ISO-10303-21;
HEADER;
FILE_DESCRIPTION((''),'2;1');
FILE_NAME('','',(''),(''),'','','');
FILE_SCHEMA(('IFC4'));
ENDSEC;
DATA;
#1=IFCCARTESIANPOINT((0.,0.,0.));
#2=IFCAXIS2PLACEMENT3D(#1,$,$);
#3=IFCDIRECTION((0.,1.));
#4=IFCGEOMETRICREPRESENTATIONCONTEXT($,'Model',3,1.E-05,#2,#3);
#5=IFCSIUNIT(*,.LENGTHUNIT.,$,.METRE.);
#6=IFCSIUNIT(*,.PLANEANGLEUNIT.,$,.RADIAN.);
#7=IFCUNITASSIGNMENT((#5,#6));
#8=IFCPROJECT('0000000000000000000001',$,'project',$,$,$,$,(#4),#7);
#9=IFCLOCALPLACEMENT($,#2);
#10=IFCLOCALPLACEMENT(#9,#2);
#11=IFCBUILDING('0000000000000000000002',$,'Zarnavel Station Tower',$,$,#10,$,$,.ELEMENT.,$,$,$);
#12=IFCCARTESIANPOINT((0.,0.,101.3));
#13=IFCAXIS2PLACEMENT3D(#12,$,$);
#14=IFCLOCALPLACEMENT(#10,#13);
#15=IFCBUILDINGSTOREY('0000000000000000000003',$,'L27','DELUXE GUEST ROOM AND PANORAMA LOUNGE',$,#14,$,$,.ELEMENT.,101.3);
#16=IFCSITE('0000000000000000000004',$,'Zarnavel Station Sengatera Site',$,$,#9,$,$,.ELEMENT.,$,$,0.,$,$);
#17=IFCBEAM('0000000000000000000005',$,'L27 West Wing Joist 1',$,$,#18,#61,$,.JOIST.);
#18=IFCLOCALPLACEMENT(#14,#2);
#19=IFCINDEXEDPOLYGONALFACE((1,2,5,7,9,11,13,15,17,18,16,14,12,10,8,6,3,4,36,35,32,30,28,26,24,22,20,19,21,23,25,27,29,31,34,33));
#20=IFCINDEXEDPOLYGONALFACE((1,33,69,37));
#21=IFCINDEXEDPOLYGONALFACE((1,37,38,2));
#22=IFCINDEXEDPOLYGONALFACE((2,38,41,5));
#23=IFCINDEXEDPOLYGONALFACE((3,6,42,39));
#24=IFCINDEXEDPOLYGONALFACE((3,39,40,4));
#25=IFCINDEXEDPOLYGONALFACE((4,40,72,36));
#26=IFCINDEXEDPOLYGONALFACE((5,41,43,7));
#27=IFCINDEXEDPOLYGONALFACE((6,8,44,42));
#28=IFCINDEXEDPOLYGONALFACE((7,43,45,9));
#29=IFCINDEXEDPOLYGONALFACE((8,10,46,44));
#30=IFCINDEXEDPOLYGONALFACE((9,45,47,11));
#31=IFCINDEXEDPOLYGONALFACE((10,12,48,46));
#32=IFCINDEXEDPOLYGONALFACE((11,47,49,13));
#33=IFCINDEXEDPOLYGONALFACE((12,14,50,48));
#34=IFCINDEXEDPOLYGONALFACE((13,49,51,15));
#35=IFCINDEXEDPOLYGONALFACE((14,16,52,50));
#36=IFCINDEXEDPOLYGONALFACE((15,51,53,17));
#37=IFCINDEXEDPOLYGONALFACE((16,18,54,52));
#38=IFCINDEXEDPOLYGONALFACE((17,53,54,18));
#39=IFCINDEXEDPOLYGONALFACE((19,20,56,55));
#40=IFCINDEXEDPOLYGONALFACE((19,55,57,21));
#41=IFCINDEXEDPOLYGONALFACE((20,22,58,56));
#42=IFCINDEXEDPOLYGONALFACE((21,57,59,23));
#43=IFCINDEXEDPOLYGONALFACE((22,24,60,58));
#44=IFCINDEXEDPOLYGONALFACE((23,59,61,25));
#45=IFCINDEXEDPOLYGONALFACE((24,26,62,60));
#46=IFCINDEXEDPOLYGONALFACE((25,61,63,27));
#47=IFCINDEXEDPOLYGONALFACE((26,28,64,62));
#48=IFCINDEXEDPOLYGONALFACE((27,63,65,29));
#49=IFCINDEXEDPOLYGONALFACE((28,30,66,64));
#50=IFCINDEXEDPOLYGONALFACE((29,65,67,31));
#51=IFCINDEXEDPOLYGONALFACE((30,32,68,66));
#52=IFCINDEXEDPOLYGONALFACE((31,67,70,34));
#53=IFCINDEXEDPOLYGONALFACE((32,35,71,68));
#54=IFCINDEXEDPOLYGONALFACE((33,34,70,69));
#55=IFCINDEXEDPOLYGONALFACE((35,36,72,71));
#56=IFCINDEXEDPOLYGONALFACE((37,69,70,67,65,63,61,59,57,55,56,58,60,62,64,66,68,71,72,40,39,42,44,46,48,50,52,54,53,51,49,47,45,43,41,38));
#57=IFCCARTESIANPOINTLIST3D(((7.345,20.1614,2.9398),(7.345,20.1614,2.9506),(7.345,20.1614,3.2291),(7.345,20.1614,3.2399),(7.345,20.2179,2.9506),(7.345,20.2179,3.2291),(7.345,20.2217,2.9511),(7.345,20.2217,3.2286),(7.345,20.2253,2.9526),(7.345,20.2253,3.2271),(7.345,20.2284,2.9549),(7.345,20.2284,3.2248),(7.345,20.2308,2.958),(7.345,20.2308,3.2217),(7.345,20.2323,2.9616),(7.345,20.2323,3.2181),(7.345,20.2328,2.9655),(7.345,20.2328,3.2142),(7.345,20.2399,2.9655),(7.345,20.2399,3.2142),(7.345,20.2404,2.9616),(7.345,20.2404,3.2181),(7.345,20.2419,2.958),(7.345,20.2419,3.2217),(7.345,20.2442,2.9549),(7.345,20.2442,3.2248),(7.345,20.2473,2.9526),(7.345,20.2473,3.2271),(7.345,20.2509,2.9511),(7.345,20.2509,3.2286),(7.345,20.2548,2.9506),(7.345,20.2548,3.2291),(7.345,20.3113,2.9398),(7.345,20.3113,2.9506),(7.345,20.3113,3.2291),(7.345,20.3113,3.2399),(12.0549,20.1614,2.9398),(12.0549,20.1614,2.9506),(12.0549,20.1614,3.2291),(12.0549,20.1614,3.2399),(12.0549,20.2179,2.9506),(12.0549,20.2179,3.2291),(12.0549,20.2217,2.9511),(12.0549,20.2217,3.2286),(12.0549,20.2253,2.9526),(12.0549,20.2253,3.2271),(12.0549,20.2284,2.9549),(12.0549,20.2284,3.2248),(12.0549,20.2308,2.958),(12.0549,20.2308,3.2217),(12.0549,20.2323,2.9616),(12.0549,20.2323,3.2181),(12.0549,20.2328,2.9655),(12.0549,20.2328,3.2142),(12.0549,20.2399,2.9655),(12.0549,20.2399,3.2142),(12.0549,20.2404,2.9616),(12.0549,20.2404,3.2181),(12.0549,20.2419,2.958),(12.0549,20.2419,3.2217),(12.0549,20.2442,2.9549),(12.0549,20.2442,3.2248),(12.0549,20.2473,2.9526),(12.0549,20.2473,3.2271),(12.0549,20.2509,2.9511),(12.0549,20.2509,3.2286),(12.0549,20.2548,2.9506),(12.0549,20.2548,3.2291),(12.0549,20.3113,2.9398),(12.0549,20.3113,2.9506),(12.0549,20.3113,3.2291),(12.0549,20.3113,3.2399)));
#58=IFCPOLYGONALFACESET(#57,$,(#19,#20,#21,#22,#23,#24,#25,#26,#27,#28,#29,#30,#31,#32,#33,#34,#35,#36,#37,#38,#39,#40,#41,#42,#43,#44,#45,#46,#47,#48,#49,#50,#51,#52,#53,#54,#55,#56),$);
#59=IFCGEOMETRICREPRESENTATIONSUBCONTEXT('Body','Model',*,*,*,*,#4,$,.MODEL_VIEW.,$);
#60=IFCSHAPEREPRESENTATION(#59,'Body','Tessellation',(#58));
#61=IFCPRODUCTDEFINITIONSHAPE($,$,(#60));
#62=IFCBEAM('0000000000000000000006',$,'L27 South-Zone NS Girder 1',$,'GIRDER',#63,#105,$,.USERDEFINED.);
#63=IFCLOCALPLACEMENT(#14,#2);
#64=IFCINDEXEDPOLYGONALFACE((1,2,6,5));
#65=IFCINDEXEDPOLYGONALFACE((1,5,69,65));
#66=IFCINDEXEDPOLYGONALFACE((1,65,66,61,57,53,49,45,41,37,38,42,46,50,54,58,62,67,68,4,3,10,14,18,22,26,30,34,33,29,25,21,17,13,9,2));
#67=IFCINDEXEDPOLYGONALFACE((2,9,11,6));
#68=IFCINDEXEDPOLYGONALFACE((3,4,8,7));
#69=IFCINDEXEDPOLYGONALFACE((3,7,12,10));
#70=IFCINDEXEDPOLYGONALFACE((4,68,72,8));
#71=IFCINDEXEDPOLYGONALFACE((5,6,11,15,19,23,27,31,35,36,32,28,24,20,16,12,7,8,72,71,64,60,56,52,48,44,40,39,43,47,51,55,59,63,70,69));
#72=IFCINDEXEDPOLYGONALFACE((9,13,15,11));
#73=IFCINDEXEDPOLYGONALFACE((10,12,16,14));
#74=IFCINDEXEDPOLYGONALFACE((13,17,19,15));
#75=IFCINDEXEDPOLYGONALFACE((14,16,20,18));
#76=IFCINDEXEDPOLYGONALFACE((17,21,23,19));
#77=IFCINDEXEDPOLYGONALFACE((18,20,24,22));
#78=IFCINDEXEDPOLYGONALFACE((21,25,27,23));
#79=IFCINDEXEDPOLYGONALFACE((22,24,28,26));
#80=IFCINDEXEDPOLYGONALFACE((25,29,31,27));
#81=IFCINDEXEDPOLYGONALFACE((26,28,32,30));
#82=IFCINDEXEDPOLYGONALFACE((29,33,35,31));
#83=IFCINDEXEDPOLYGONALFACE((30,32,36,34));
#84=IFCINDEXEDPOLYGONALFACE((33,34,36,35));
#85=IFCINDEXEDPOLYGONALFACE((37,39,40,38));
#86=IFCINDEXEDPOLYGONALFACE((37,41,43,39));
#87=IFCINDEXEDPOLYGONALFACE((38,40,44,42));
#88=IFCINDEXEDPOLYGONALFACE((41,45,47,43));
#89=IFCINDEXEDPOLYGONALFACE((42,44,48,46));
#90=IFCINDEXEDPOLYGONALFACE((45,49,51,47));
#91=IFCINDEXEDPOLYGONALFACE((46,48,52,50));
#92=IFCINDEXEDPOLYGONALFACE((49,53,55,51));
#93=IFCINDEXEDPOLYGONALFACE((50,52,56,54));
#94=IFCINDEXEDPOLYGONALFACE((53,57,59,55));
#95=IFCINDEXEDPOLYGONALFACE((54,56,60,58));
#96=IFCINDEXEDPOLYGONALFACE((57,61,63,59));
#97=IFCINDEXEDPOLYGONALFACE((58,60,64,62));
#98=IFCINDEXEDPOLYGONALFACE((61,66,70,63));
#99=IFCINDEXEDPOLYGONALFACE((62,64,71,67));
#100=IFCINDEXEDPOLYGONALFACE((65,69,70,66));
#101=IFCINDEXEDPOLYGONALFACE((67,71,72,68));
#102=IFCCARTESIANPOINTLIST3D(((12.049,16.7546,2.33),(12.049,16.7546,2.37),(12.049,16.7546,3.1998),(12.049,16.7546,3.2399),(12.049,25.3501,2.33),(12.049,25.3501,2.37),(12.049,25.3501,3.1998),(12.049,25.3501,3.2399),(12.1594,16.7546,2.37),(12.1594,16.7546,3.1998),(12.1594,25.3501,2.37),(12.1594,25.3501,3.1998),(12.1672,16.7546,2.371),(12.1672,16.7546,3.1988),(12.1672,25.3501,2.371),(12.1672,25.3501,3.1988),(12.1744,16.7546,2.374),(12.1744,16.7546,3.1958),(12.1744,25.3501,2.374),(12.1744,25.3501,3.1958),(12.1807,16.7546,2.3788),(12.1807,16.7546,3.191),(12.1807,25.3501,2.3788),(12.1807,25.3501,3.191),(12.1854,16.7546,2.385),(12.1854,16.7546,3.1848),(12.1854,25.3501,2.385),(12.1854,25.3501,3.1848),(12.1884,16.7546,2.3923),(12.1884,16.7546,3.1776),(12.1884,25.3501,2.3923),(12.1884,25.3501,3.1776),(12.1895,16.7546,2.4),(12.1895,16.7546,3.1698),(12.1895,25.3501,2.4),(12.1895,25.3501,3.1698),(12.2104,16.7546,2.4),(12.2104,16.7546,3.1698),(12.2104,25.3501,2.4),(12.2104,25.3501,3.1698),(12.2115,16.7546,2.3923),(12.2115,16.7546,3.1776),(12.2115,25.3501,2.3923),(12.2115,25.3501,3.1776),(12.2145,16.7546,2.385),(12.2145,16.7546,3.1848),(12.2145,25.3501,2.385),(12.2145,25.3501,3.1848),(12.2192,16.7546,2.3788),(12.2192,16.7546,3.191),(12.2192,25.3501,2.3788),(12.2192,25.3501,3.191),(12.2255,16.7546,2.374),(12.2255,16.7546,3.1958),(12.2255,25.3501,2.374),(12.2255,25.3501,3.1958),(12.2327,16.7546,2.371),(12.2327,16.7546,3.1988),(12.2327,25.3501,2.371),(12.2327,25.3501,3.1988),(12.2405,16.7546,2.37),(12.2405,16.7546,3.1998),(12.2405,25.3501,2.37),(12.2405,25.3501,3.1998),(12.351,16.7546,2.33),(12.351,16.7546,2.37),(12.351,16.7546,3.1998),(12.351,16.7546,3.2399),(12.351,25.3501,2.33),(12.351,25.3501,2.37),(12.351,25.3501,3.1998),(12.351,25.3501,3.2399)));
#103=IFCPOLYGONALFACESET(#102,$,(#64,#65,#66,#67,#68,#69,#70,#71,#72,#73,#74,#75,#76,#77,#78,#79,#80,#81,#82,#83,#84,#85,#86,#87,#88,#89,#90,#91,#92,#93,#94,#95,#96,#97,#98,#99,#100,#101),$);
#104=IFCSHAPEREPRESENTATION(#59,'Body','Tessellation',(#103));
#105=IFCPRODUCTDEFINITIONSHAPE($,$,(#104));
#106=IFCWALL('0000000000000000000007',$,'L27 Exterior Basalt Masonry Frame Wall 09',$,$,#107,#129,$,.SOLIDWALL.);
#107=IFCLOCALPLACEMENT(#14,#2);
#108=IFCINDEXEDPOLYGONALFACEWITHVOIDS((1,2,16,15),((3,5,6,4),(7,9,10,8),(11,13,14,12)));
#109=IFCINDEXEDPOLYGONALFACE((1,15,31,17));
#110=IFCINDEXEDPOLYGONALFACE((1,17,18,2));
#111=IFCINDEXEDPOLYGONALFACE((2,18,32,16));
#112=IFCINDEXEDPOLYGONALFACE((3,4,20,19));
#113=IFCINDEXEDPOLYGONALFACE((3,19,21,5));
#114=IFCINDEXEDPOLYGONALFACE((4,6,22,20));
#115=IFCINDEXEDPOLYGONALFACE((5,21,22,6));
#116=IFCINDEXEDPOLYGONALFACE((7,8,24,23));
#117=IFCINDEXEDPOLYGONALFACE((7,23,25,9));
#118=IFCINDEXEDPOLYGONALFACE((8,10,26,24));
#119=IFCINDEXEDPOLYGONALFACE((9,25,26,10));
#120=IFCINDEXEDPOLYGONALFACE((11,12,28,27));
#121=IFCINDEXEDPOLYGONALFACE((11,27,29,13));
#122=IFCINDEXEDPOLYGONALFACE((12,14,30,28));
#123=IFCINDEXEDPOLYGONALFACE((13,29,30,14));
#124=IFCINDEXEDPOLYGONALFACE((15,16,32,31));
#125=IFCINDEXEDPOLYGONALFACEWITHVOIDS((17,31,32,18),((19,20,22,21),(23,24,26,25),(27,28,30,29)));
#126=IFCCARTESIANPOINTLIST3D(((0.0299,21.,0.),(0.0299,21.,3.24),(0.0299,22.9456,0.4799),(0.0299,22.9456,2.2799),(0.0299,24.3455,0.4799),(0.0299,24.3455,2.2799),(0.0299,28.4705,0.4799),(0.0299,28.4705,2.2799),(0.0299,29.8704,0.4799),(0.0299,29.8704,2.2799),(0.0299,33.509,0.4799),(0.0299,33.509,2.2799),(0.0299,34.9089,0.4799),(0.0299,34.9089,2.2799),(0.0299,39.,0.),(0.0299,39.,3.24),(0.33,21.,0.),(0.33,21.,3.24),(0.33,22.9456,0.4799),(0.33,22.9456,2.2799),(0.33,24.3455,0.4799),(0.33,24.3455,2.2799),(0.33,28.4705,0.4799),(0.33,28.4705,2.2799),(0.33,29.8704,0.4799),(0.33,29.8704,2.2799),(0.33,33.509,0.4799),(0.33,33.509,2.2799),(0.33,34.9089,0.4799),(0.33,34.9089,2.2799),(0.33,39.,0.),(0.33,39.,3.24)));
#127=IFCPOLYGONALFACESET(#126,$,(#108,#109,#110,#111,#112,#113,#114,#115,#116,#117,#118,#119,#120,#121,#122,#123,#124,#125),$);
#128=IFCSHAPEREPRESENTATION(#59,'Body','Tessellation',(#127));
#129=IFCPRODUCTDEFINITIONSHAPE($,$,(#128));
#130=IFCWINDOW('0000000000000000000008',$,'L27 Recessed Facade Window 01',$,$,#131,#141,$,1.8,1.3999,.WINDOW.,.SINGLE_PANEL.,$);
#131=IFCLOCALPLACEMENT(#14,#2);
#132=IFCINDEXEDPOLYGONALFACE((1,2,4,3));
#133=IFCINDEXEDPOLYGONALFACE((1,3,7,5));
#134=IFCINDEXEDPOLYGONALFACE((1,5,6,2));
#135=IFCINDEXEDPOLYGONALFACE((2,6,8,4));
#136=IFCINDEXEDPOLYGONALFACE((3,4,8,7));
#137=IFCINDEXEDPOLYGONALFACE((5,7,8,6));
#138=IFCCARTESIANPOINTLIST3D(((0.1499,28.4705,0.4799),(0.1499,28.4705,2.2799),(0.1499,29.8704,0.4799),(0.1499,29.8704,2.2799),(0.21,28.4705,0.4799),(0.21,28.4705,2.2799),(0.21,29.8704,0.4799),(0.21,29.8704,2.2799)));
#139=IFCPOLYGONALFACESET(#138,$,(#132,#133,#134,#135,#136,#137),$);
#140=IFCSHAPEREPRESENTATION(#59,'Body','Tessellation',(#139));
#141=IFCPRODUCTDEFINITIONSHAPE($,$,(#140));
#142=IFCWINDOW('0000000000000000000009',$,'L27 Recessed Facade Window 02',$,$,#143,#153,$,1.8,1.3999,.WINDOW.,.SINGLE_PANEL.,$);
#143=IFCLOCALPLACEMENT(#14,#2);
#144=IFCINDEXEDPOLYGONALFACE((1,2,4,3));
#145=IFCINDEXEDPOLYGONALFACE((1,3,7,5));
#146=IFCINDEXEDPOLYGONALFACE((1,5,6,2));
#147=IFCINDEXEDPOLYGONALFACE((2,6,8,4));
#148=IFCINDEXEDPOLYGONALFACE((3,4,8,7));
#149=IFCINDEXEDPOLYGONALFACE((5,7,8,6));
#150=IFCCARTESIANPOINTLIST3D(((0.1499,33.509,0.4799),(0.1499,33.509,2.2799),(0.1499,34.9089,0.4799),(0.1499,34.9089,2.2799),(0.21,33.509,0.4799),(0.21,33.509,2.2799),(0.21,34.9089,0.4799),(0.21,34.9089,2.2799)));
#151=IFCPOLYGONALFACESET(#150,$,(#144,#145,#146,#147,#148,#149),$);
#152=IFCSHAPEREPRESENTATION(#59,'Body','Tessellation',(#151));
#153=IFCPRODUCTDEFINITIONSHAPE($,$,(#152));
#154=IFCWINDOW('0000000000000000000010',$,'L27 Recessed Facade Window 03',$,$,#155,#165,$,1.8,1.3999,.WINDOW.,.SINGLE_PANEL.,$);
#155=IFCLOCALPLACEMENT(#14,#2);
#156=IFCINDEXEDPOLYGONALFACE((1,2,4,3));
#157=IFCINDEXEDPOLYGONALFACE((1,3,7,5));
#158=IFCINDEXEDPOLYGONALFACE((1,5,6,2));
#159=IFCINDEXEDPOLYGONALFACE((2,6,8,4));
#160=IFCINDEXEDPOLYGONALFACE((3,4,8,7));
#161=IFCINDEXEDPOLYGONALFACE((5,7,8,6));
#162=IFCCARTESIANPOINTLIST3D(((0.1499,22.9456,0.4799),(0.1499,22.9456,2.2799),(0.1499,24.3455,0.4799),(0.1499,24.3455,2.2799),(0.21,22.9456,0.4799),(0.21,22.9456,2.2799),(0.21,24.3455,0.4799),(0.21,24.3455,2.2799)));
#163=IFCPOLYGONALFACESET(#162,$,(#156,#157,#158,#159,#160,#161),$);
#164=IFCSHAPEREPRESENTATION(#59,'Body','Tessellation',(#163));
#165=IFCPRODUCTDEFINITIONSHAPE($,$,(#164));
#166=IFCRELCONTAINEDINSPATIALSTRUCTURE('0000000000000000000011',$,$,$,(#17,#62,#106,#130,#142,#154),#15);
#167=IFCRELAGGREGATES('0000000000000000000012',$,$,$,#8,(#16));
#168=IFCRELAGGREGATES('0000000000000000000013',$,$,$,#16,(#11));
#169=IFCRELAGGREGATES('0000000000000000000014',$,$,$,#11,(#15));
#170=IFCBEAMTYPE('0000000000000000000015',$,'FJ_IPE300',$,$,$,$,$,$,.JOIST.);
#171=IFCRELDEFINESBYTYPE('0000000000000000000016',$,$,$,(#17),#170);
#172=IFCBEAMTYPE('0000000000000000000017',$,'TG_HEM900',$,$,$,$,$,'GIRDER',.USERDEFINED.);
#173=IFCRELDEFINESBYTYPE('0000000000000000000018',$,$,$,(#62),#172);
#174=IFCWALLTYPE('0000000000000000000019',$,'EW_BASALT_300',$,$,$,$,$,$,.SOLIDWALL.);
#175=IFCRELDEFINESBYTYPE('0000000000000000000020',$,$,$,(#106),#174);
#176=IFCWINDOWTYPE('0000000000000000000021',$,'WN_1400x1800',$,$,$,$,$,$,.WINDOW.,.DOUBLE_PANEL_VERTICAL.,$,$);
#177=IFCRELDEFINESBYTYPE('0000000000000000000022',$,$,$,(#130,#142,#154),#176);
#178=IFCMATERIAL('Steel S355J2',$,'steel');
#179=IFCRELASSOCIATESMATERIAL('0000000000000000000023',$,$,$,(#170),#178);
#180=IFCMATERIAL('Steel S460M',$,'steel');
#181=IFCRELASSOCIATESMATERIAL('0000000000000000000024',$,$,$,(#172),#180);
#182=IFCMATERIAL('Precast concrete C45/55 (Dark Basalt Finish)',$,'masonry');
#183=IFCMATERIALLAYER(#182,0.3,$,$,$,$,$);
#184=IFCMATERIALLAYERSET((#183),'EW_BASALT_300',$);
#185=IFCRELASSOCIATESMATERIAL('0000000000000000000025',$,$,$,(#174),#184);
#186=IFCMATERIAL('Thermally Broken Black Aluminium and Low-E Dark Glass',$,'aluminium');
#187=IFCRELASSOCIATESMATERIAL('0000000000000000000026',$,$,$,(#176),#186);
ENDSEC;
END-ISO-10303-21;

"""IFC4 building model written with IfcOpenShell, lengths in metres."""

from ifc_helpers import new_model, si_unit, direction, frame, frame_2d, origin, origin_2d, place, context, subcontext, project, spatial, rectangle, i_section, extrude, material, layer, layer_set, material_profile, profile_set, type_object, element, fill, save


model = new_model("IFC4")

# Units and contexts
model_context = context("Model", 3, precision=1e-05, world=origin(), true_north=direction((0.0, 1.0)))
body_context = subcontext(model_context, "Body", "Model", "MODEL_VIEW")
ifc_project = project(units=[si_unit("LENGTHUNIT", "METRE"), si_unit("PLANEANGLEUNIT", "RADIAN")], contexts=[model_context])

# Site, building, storey
site_placement = place(None, origin())
site = spatial("IfcSite", under=ifc_project, at=site_placement, Name="Zarnavel Station Sengatera Site", CompositionType="ELEMENT", RefElevation=0.0)
building_placement = place(site_placement, origin())
building = spatial("IfcBuilding", under=site, at=building_placement, Name="Zarnavel Station Tower", CompositionType="ELEMENT")
storey_placement = place(building_placement, frame((0.0, 0.0, 101.3)))
storey = spatial("IfcBuildingStorey", under=building, at=storey_placement, Name="L27", Description="DELUXE GUEST ROOM AND PANORAMA LOUNGE", CompositionType="ELEMENT", Elevation=101.3)

# Beams
ifc_material_1 = material(Name="Steel S355J2", Category="steel")
ifc_material_profile_1 = material_profile(ifc_material_1, i_section(OverallWidth=0.1499, OverallDepth=0.3, WebThickness=0.0071, FlangeThickness=0.0107, FilletRadius=0.0149, at=origin_2d()), Name="IPE300")
ifc_profile_set_1 = profile_set([ifc_material_profile_1], Name="Steel S355J2")
beam_type_1 = type_object("IfcBeamType", Name="FJ_IPE300", PredefinedType="JOIST", material=ifc_profile_set_1)
beam_1_placement = place(storey_placement, frame((7.345, 20.2363, 3.0898), z_axis=(1.0, 0.0, 0.0), x_axis=(0.0, 1.0, 0.0)))
element("IfcBeam", 1, at=beam_1_placement, inside=storey, type_object=beam_type_1, Name="L27 West Wing Joist 1", PredefinedType="JOIST", context=body_context, shape_type="SweptSolid", body=[
    extrude(i_section(OverallWidth=0.1499, OverallDepth=0.3, WebThickness=0.0071, FlangeThickness=0.0107, FilletRadius=0.0149, at=origin_2d()), origin(), (0.0, 0.0, 1.0), 4.71),
])
ifc_material_2 = material(Name="Steel S460M", Category="steel")
ifc_material_profile_2 = material_profile(ifc_material_2, i_section(OverallWidth=0.302, OverallDepth=0.9099, WebThickness=0.021, FlangeThickness=0.04, FilletRadius=0.03, at=origin_2d()), Name="HEM900")
ifc_profile_set_2 = profile_set([ifc_material_profile_2], Name="Steel S460M")
beam_type_2 = type_object("IfcBeamType", Name="TG_HEM900", ElementType="GIRDER", PredefinedType="USERDEFINED", material=ifc_profile_set_2)
beam_2_placement = place(storey_placement, frame((12.2, 16.7546, 2.7849), z_axis=(0.0, 1.0, 0.0), x_axis=(-1.0, 0.0, 0.0)))
element("IfcBeam", 2, at=beam_2_placement, inside=storey, type_object=beam_type_2, Name="L27 South-Zone NS Girder 1", ObjectType="GIRDER", PredefinedType="USERDEFINED", context=body_context, shape_type="SweptSolid", body=[
    extrude(i_section(OverallWidth=0.302, OverallDepth=0.9099, WebThickness=0.021, FlangeThickness=0.04, FilletRadius=0.03, at=origin_2d()), origin(), (0.0, 0.0, 1.0), 8.5955),
])

# Wall, openings, windows
ifc_material_3 = material(Name="Precast concrete C45/55 (Dark Basalt Finish)", Category="masonry")
ifc_layer_1 = layer(ifc_material_3, 0.3)
ifc_layer_set_1 = layer_set([ifc_layer_1], Name="EW_BASALT_300")
wall_type_1 = type_object("IfcWallType", Name="EW_BASALT_300", PredefinedType="SOLIDWALL", material=ifc_layer_set_1)
wall_1_placement = place(storey_placement, frame((0.1799, 21.0, 0.0), z_axis=(0.0, 0.0, 1.0), x_axis=(0.0, 1.0, 0.0)))
wall_1 = element("IfcWall", 3, at=wall_1_placement, inside=storey, type_object=wall_type_1, Name="L27 Exterior Basalt Masonry Frame Wall 09", PredefinedType="SOLIDWALL", context=body_context, shape_type="SweptSolid", body=[
    extrude(rectangle(XDim=18.0, YDim=0.3, at=frame_2d((9.0, 0.0))), origin(), (0.0, 0.0, 1.0), 3.24),
])
opening_1_placement = place(wall_1_placement, frame((7.4705, 0.0, 0.48)))
opening_1 = element("IfcOpeningElement", 4, at=opening_1_placement, cuts=wall_1, PredefinedType="OPENING", context=body_context, shape_type="SweptSolid", body=[
    extrude(rectangle(XDim=1.3999, YDim=1.8, at=frame_2d((0.7, 0.8999))), frame((0.0, 0.1599, 0.0), z_axis=(0.0, -1.0, 0.0), x_axis=(1.0, 0.0, 0.0)), (0.0, 0.0, 1.0), 0.3201),
])
opening_2_placement = place(wall_1_placement, frame((12.509, 0.0, 0.48)))
opening_2 = element("IfcOpeningElement", 5, at=opening_2_placement, cuts=wall_1, PredefinedType="OPENING", context=body_context, shape_type="SweptSolid", body=[
    extrude(rectangle(XDim=1.3999, YDim=1.8, at=frame_2d((0.7, 0.8999))), frame((0.0, 0.1599, 0.0), z_axis=(0.0, -1.0, 0.0), x_axis=(1.0, 0.0, 0.0)), (0.0, 0.0, 1.0), 0.3201),
])
opening_3_placement = place(wall_1_placement, frame((1.9456, 0.0, 0.48)))
opening_3 = element("IfcOpeningElement", 6, at=opening_3_placement, cuts=wall_1, PredefinedType="OPENING", context=body_context, shape_type="SweptSolid", body=[
    extrude(rectangle(XDim=1.3999, YDim=1.8, at=frame_2d((0.7, 0.8999))), frame((0.0, 0.1599, 0.0), z_axis=(0.0, -1.0, 0.0), x_axis=(1.0, 0.0, 0.0)), (0.0, 0.0, 1.0), 0.3201),
])
ifc_material_4 = material(Name="Thermally Broken Black Aluminium and Low-E Dark Glass", Category="aluminium")
window_type_1 = type_object("IfcWindowType", Name="WN_1400x1800", PartitioningType="DOUBLE_PANEL_VERTICAL", PredefinedType="WINDOW", material=ifc_material_4)
window_1_placement = place(opening_1_placement, origin())
window_1 = element("IfcWindow", 7, at=window_1_placement, inside=storey, type_object=window_type_1, Name="L27 Recessed Facade Window 01", OverallHeight=1.8, OverallWidth=1.3999, PartitioningType="SINGLE_PANEL", PredefinedType="WINDOW", context=body_context, shape_type="SweptSolid", body=[
    extrude(rectangle(XDim=1.3999, YDim=1.8, at=frame_2d((0.7, 0.8999))), frame((0.0, 0.03, 0.0), z_axis=(0.0, -1.0, 0.0), x_axis=(1.0, 0.0, 0.0)), (0.0, 0.0, 1.0), 0.0601),
])
fill(opening_1, window_1)
window_2_placement = place(opening_2_placement, origin())
window_2 = element("IfcWindow", 8, at=window_2_placement, inside=storey, type_object=window_type_1, Name="L27 Recessed Facade Window 02", OverallHeight=1.8, OverallWidth=1.3999, PartitioningType="SINGLE_PANEL", PredefinedType="WINDOW", context=body_context, shape_type="SweptSolid", body=[
    extrude(rectangle(XDim=1.3999, YDim=1.8, at=frame_2d((0.7, 0.8999))), frame((0.0, 0.03, 0.0), z_axis=(0.0, -1.0, 0.0), x_axis=(1.0, 0.0, 0.0)), (0.0, 0.0, 1.0), 0.0601),
])
fill(opening_2, window_2)
window_3_placement = place(opening_3_placement, origin())
window_3 = element("IfcWindow", 9, at=window_3_placement, inside=storey, type_object=window_type_1, Name="L27 Recessed Facade Window 03", OverallHeight=1.8, OverallWidth=1.3999, PartitioningType="SINGLE_PANEL", PredefinedType="WINDOW", context=body_context, shape_type="SweptSolid", body=[
    extrude(rectangle(XDim=1.3999, YDim=1.8, at=frame_2d((0.7, 0.8999))), frame((0.0, 0.03, 0.0), z_axis=(0.0, -1.0, 0.0), x_axis=(1.0, 0.0, 0.0)), (0.0, 0.0, 1.0), 0.0601),
])
fill(opening_3, window_3)

save(model, "model.ifc")
